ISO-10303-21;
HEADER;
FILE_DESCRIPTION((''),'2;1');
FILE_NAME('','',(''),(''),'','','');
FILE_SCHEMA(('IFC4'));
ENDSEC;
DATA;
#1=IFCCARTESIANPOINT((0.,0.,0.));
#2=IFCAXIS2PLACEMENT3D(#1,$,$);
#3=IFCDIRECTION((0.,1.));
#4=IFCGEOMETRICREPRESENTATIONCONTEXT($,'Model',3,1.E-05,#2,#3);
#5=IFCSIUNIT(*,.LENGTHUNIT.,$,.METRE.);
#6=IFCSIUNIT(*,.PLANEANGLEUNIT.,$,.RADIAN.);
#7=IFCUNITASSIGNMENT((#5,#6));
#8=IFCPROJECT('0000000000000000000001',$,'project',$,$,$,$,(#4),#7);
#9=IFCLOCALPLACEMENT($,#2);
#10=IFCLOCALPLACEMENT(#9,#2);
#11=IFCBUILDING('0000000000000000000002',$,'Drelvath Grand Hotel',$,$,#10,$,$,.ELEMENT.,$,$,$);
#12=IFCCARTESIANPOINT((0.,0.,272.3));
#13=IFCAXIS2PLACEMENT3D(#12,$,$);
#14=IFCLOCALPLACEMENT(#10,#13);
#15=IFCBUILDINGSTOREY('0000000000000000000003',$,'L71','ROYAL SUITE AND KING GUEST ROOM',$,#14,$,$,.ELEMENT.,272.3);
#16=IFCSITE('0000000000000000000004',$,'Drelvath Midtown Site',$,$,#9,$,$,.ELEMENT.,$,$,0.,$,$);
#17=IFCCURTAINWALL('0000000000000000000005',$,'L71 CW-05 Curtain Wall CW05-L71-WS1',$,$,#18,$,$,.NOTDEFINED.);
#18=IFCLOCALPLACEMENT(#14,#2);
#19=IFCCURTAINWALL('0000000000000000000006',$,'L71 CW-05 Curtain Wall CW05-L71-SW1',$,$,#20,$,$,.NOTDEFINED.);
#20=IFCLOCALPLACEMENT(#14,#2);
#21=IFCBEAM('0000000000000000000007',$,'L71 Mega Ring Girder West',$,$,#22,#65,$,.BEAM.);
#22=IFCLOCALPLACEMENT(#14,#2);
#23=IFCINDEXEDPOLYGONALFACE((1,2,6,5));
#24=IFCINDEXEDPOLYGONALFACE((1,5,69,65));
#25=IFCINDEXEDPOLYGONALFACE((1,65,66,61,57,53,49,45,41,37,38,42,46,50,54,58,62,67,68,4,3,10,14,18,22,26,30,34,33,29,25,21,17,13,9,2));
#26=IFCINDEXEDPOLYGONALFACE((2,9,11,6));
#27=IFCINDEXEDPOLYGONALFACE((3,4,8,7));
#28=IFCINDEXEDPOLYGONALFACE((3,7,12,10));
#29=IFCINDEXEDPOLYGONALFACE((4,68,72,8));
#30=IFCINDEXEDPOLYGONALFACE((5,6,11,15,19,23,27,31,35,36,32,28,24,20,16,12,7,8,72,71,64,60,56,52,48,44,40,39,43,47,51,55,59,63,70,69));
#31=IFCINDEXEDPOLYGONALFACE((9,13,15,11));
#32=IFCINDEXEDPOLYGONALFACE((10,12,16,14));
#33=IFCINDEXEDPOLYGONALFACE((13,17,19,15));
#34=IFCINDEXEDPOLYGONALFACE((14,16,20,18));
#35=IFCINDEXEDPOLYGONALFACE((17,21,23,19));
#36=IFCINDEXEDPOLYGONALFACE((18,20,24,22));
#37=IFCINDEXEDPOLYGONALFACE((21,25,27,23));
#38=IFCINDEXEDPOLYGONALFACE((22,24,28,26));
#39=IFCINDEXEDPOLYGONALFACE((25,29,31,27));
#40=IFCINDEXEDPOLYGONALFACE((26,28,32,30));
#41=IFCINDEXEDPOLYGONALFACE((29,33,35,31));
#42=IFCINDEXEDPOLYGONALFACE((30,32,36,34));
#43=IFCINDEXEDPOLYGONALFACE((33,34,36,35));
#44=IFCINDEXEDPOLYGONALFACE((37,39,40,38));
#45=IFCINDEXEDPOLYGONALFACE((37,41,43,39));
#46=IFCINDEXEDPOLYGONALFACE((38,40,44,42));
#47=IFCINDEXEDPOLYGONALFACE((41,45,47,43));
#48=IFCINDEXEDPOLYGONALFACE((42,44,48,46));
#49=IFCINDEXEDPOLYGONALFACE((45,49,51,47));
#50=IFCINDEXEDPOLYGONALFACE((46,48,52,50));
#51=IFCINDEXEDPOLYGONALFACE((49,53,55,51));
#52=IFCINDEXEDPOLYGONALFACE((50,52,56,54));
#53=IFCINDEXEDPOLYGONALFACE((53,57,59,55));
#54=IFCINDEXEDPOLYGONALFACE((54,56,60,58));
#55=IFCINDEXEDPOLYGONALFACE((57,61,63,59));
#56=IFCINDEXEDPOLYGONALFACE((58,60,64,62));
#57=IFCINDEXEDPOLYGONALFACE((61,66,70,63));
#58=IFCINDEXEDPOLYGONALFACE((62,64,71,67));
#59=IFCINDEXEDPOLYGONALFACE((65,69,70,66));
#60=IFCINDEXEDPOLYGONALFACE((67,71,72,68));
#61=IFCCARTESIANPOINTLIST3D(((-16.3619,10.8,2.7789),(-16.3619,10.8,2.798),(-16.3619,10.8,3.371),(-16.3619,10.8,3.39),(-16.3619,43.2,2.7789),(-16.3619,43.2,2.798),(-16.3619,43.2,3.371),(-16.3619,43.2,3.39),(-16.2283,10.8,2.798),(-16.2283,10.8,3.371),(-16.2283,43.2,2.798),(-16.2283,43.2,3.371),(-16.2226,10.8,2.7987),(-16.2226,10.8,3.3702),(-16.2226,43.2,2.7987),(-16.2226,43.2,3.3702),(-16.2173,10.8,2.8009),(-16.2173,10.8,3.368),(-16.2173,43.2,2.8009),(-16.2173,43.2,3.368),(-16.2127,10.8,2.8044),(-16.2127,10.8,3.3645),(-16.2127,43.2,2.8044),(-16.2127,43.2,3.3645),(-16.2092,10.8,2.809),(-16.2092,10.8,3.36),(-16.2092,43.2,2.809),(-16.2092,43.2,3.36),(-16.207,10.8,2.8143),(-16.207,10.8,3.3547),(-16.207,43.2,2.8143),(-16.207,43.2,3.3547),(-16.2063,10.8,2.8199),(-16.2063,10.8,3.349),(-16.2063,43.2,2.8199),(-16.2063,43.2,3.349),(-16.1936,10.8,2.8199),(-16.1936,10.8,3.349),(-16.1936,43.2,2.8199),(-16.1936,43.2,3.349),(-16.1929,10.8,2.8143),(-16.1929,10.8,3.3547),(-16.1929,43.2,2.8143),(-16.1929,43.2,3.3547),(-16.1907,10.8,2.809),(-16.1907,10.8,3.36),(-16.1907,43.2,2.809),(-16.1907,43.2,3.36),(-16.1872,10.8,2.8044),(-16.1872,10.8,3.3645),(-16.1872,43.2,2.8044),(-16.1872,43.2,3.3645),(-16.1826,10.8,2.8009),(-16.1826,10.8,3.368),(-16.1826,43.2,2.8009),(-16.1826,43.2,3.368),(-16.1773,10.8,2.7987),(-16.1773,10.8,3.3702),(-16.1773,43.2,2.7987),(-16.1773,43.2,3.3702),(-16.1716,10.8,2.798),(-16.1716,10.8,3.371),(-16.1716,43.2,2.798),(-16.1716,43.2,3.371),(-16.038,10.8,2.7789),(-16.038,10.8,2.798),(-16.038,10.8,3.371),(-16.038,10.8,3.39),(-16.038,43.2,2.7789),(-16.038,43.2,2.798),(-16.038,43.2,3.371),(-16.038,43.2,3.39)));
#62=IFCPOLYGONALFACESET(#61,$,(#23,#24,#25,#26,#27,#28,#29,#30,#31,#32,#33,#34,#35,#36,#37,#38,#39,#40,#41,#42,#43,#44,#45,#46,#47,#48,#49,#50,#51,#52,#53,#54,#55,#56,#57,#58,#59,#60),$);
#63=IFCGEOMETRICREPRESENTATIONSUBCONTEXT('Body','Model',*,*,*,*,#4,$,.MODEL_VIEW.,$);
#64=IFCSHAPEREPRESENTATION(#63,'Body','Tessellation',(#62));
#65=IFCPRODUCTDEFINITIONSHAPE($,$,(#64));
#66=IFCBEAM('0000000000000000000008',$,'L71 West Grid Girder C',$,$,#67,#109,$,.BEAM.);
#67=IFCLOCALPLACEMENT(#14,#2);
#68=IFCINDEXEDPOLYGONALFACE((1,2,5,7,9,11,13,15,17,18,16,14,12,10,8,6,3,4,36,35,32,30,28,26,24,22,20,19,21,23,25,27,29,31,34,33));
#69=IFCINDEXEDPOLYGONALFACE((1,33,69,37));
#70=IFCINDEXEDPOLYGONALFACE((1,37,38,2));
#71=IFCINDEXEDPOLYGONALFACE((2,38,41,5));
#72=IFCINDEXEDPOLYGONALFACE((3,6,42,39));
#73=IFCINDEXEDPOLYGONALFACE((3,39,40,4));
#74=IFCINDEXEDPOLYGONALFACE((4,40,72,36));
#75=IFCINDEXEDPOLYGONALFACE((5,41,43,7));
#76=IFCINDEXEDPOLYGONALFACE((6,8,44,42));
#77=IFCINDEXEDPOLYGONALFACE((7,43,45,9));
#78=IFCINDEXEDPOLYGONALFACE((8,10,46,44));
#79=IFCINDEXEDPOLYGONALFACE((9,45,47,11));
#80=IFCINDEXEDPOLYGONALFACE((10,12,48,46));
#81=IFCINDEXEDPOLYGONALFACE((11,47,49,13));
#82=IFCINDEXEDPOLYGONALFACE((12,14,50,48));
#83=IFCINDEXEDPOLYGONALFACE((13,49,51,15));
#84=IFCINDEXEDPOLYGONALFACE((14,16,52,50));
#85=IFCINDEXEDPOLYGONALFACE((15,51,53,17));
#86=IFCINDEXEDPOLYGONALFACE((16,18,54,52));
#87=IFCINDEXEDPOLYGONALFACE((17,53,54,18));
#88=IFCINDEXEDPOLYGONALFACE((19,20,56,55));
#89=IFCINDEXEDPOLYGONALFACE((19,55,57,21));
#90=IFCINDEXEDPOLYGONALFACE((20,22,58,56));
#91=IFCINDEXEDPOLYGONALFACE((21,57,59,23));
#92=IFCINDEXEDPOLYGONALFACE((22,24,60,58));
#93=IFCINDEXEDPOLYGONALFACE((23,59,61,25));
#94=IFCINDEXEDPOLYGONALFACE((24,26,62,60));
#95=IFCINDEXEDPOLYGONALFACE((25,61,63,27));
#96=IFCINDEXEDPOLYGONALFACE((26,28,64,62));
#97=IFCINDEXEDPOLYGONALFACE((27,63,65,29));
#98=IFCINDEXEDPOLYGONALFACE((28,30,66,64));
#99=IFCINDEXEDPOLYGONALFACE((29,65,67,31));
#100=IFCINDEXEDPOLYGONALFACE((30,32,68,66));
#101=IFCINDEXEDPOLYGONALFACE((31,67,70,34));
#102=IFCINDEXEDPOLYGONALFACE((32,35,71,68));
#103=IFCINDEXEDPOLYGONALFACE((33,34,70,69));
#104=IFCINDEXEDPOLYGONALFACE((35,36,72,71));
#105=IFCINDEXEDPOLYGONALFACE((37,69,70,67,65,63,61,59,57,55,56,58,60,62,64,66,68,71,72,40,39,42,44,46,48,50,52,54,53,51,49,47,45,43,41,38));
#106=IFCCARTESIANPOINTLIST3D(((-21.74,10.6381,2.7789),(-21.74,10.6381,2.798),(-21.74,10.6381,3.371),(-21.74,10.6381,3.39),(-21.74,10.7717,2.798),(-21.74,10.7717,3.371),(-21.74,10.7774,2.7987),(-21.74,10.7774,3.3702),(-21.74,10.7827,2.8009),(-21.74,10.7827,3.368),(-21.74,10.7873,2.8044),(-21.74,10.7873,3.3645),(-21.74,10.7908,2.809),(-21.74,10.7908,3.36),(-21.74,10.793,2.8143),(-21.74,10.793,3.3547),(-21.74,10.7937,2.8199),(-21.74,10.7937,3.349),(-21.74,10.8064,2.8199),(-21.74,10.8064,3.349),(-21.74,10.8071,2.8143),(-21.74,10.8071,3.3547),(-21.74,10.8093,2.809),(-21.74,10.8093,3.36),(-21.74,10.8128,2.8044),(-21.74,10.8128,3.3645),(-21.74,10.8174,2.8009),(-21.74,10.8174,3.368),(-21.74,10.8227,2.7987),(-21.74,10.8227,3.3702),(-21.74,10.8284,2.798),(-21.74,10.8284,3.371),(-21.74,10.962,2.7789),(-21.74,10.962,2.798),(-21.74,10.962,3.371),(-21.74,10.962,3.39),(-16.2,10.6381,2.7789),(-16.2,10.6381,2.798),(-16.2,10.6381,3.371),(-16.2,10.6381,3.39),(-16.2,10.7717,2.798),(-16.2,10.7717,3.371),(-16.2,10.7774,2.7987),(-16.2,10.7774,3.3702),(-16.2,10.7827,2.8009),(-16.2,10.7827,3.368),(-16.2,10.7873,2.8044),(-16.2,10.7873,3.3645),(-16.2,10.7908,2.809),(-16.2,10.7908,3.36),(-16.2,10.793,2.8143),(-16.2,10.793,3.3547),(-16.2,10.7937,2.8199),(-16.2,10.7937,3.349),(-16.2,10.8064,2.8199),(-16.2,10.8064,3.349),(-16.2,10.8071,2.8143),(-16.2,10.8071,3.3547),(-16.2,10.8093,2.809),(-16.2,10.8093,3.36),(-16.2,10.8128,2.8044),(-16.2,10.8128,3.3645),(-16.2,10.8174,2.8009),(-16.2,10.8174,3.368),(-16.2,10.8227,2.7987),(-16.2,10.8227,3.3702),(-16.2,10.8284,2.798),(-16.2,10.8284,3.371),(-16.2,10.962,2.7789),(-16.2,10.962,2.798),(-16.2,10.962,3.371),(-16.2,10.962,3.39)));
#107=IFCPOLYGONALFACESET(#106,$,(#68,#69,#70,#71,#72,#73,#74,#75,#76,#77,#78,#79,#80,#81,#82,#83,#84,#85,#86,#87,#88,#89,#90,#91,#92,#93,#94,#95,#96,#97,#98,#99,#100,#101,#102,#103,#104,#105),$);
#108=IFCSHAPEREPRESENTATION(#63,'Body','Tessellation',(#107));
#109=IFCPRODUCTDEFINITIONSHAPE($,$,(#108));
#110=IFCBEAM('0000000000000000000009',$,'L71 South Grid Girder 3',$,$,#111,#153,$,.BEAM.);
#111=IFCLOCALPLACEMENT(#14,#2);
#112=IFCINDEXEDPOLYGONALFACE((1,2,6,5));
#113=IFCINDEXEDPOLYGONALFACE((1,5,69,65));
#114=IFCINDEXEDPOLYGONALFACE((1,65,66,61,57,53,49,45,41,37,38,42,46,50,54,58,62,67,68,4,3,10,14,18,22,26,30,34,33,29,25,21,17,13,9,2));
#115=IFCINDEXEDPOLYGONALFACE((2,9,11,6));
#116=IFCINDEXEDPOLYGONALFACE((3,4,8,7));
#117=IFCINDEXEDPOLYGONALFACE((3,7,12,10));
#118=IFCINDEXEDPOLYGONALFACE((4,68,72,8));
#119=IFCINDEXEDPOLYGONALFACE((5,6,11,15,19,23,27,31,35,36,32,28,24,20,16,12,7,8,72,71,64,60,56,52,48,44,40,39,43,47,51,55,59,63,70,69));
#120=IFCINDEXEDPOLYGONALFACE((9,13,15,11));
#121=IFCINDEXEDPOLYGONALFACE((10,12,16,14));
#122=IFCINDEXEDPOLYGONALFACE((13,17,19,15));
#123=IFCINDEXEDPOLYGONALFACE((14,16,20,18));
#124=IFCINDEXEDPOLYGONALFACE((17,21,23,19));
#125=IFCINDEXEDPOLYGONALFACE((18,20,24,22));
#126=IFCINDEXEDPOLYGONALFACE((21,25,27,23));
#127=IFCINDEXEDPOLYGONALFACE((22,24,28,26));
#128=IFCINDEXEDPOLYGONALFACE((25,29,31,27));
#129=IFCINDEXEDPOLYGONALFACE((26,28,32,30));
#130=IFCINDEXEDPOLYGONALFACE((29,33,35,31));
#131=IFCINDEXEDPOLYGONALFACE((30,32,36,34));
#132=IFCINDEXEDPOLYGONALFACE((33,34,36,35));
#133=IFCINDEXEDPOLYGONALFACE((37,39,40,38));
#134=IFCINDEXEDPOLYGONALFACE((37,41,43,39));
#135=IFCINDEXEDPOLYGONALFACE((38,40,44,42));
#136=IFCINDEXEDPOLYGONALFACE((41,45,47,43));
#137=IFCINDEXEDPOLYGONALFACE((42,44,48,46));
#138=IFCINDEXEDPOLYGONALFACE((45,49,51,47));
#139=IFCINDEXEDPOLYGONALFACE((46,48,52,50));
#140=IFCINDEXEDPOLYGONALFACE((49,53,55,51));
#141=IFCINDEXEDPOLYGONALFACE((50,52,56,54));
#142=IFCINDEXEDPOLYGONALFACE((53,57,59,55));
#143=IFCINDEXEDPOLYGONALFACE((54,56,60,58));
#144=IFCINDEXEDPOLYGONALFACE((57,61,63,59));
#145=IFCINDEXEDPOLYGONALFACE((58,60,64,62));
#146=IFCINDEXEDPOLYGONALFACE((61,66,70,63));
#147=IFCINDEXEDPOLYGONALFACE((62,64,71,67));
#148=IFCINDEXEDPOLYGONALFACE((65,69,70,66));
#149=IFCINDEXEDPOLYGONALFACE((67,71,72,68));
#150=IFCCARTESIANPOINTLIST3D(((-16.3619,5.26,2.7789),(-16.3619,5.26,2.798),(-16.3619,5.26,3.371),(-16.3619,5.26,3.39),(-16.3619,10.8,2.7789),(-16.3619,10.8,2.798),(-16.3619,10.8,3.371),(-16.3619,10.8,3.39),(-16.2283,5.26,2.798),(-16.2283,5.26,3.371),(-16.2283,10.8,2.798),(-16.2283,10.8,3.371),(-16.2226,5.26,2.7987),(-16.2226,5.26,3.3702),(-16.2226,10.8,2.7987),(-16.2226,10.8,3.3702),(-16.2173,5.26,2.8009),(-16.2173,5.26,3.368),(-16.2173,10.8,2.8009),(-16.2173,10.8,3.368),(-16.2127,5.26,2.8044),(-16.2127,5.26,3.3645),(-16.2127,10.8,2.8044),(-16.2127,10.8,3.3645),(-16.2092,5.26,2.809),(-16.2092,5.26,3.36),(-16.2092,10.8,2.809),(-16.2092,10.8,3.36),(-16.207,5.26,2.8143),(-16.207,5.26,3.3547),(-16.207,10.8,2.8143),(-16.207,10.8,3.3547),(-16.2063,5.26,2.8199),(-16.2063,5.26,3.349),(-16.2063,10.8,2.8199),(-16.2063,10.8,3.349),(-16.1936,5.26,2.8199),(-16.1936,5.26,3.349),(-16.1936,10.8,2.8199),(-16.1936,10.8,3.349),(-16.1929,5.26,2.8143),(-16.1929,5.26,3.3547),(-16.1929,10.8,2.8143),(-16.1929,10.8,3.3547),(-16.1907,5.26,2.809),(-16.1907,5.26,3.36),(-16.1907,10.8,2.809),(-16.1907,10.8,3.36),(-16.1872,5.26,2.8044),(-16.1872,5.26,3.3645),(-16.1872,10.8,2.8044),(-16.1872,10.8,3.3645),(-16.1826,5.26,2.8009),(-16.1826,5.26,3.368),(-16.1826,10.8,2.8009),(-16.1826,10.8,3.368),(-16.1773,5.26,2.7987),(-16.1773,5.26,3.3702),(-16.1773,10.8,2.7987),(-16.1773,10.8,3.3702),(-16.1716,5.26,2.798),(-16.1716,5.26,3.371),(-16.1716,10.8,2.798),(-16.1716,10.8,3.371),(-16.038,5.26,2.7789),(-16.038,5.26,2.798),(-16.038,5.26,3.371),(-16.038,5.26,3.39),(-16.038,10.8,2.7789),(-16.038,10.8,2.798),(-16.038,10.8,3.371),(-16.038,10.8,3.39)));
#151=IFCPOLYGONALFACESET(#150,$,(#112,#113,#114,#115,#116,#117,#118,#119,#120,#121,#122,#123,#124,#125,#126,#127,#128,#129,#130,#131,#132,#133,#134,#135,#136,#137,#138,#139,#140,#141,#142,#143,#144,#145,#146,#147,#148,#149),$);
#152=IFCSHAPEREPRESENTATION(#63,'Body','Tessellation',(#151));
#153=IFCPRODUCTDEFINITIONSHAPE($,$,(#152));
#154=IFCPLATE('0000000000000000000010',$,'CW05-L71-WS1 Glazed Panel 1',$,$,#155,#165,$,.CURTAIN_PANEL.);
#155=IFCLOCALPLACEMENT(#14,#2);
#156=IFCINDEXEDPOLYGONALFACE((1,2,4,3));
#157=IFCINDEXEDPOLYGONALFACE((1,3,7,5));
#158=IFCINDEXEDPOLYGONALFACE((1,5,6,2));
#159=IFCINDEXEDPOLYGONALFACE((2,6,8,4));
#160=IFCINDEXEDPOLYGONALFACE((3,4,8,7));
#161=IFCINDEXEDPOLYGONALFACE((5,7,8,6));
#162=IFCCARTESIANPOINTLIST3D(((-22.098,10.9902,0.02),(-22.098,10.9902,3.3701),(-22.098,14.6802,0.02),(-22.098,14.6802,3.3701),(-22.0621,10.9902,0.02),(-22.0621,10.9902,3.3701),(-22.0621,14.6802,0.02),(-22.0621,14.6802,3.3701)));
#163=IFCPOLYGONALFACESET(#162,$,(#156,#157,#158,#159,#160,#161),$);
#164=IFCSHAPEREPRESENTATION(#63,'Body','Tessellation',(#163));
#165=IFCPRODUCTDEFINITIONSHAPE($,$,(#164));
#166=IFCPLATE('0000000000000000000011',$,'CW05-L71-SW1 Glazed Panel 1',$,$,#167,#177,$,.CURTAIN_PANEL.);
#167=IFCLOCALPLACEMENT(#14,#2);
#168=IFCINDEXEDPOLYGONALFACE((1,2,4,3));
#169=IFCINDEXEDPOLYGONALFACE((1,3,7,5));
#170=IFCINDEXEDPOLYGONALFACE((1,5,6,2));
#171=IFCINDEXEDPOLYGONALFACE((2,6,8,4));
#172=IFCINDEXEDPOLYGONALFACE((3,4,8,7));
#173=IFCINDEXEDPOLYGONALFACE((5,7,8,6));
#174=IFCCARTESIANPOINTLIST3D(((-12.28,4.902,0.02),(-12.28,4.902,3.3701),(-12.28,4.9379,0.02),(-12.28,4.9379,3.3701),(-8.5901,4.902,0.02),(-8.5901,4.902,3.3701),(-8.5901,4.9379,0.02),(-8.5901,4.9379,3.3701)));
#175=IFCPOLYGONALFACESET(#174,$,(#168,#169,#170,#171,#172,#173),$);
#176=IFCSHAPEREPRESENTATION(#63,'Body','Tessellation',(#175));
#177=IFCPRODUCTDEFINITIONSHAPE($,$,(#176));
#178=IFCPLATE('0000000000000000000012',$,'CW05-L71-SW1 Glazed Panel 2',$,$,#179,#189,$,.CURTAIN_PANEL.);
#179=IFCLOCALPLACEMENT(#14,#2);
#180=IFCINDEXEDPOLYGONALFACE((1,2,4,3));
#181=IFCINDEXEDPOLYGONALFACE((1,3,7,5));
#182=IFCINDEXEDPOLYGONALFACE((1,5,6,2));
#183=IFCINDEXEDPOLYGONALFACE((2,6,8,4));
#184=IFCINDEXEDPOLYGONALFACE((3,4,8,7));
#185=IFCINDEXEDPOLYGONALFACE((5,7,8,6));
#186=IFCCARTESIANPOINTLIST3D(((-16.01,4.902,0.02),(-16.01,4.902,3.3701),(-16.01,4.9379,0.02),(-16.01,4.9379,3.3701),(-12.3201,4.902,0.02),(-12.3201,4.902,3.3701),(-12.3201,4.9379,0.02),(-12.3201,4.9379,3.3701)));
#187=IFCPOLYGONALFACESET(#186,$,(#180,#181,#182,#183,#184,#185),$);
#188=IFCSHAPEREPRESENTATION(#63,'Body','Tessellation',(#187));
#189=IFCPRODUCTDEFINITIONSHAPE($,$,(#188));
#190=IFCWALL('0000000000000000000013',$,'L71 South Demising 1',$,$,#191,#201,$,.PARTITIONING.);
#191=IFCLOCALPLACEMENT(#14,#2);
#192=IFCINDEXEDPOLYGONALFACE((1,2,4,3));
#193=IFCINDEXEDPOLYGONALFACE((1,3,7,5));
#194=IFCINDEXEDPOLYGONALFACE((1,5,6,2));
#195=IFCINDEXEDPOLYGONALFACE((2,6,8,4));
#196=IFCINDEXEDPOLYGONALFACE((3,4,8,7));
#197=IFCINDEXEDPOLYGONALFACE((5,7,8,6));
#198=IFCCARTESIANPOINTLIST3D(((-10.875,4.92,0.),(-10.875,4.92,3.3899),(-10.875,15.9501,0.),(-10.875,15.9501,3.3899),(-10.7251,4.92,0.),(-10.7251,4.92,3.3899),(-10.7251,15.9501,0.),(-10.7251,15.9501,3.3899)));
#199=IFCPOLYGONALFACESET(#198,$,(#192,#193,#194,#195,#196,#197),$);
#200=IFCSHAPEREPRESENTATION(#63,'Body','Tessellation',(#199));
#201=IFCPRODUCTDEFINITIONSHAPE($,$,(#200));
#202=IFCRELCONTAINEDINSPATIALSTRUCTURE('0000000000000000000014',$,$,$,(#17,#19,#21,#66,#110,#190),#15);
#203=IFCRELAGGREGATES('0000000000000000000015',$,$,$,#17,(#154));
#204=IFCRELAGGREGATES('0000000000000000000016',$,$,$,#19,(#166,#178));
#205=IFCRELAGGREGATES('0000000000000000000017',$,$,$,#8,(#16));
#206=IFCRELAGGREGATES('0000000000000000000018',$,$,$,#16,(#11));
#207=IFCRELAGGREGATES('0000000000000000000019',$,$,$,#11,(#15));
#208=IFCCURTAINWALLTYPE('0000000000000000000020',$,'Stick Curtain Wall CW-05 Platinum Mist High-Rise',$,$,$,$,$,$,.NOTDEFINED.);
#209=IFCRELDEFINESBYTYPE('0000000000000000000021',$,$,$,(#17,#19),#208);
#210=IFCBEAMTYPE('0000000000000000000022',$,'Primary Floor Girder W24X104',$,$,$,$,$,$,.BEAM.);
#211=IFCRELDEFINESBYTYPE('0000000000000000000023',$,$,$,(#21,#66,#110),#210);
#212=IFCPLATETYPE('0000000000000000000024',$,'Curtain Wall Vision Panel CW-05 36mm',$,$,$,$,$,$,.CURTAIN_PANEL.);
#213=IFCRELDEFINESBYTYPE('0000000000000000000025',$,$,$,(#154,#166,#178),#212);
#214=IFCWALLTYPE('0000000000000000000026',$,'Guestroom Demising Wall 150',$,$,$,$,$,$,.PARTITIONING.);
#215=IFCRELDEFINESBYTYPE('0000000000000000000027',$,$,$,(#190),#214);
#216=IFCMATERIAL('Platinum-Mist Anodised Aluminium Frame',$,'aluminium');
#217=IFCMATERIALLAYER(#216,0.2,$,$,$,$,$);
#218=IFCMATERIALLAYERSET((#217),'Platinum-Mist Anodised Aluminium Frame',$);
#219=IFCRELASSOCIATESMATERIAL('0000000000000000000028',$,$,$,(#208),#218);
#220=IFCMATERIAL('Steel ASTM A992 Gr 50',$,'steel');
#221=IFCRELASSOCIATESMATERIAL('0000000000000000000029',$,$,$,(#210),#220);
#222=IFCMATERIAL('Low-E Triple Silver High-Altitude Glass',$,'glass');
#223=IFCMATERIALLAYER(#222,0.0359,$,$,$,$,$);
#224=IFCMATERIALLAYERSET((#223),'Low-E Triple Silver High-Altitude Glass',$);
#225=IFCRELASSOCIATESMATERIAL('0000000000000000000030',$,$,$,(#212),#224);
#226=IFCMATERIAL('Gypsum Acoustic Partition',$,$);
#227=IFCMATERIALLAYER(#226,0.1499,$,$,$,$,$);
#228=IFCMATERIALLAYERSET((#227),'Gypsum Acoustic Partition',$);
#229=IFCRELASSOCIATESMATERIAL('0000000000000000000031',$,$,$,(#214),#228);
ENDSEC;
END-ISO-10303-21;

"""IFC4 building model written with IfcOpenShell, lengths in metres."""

from ifc_helpers import new_model, si_unit, direction, frame, frame_2d, origin, origin_2d, place, context, subcontext, project, spatial, rectangle, i_section, extrude, material, layer, layer_set, material_profile, profile_set, type_object, element, aggregate, save


model = new_model("IFC4")

# Units and contexts
model_context = context("Model", 3, precision=1e-05, world=origin(), true_north=direction((0.0, 1.0)))
body_context = subcontext(model_context, "Body", "Model", "MODEL_VIEW")
ifc_project = project(units=[si_unit("LENGTHUNIT", "METRE"), si_unit("PLANEANGLEUNIT", "RADIAN")], contexts=[model_context])

# Site, building, storey
site_placement = place(None, origin())
site = spatial("IfcSite", under=ifc_project, at=site_placement, Name="Drelvath Midtown Site", CompositionType="ELEMENT", RefElevation=0.0)
building_placement = place(site_placement, origin())
building = spatial("IfcBuilding", under=site, at=building_placement, Name="Drelvath Grand Hotel", CompositionType="ELEMENT")
storey_placement = place(building_placement, frame((0.0, 0.0, 272.3)))
storey = spatial("IfcBuildingStorey", under=building, at=storey_placement, Name="L71", Description="ROYAL SUITE AND KING GUEST ROOM", CompositionType="ELEMENT", Elevation=272.3)

# Shared definitions
ifc_material_1 = material(Name="Steel ASTM A992 Gr 50", Category="steel")

# Curtain walls
ifc_material_2 = material(Name="Platinum-Mist Anodised Aluminium Frame", Category="aluminium")
ifc_layer_1 = layer(ifc_material_2, 0.2)
ifc_layer_set_1 = layer_set([ifc_layer_1], Name="Platinum-Mist Anodised Aluminium Frame")
curtain_wall_type = type_object("IfcCurtainWallType", Name="Stick Curtain Wall CW-05 Platinum Mist High-Rise", PredefinedType="NOTDEFINED", material=ifc_layer_set_1)
curtain_wall_1_placement = place(storey_placement, origin())
curtain_wall_1 = element("IfcCurtainWall", 1, at=curtain_wall_1_placement, inside=storey, type_object=curtain_wall_type, Name="L71 CW-05 Curtain Wall CW05-L71-WS1", PredefinedType="NOTDEFINED")
curtain_wall_2_placement = place(storey_placement, origin())
curtain_wall_2 = element("IfcCurtainWall", 2, at=curtain_wall_2_placement, inside=storey, type_object=curtain_wall_type, Name="L71 CW-05 Curtain Wall CW05-L71-SW1", PredefinedType="NOTDEFINED")

# Beams
ifc_material_profile_1 = material_profile(ifc_material_1, i_section(OverallWidth=0.324, OverallDepth=0.6111, WebThickness=0.0127, FlangeThickness=0.019, FilletRadius=0.022, at=origin_2d()), Name="W24X104")
ifc_profile_set_1 = profile_set([ifc_material_profile_1], Name="Steel ASTM A992 Gr 50")
beam_type_1 = type_object("IfcBeamType", Name="Primary Floor Girder W24X104", PredefinedType="BEAM", material=ifc_profile_set_1)
for number, where, z_axis, x_axis, name in (
    (3, (-16.2, 10.8, 3.0845), (0.0, 1.0, 0.0), (-1.0, 0.0, 0.0), "L71 Mega Ring Girder West"),
):
    element("IfcBeam", number, at=place(storey_placement, frame(where, z_axis=z_axis, x_axis=x_axis)), inside=storey, type_object=beam_type_1, Name=name, PredefinedType="BEAM", context=body_context, shape_type="SweptSolid", body=[
        extrude(i_section(OverallWidth=0.324, OverallDepth=0.6111, WebThickness=0.0127, FlangeThickness=0.019, FilletRadius=0.022, at=origin_2d()), origin(), (0.0, 0.0, 1.0), 32.3999),
    ])
for number, where, z_axis, x_axis, name in (
    (4, (-21.74, 10.8, 3.0845), (1.0, 0.0, 0.0), (0.0, 1.0, 0.0), "L71 West Grid Girder C"),
    (5, (-16.2, 5.26, 3.0845), (0.0, 1.0, 0.0), (-1.0, 0.0, 0.0), "L71 South Grid Girder 3"),
):
    element("IfcBeam", number, at=place(storey_placement, frame(where, z_axis=z_axis, x_axis=x_axis)), inside=storey, type_object=beam_type_1, Name=name, PredefinedType="BEAM", context=body_context, shape_type="SweptSolid", body=[
        extrude(i_section(OverallWidth=0.324, OverallDepth=0.6111, WebThickness=0.0127, FlangeThickness=0.019, FilletRadius=0.022, at=origin_2d()), origin(), (0.0, 0.0, 1.0), 5.54),
    ])

# Plates
ifc_material_3 = material(Name="Low-E Triple Silver High-Altitude Glass", Category="glass")
ifc_layer_2 = layer(ifc_material_3, 0.0359)
ifc_layer_set_2 = layer_set([ifc_layer_2], Name="Low-E Triple Silver High-Altitude Glass")
plate_type = type_object("IfcPlateType", Name="Curtain Wall Vision Panel CW-05 36mm", PredefinedType="CURTAIN_PANEL", material=ifc_layer_set_2)
plate_1_placement = place(storey_placement, frame((-22.0801, 12.8352, 0.02), z_axis=(0.0, 0.0, 1.0), x_axis=(0.0, 1.0, 0.0)))
plate_1 = element("IfcPlate", 6, at=plate_1_placement, type_object=plate_type, Name="CW05-L71-WS1 Glazed Panel 1", PredefinedType="CURTAIN_PANEL", context=body_context, shape_type="SweptSolid", body=[
    extrude(rectangle(XDim=3.6899, YDim=0.0359, at=origin_2d()), origin(), (0.0, 0.0, 1.0), 3.3501),
])
aggregate(curtain_wall_1, [plate_1])
plate_2_placement = place(storey_placement, frame((-10.4351, 4.9199, 0.02), z_axis=(0.0, 0.0, 1.0), x_axis=(-1.0, 0.0, 0.0)))
plate_2 = element("IfcPlate", 7, at=plate_2_placement, type_object=plate_type, Name="CW05-L71-SW1 Glazed Panel 1", PredefinedType="CURTAIN_PANEL", context=body_context, shape_type="SweptSolid", body=[
    extrude(rectangle(XDim=3.6899, YDim=0.0359, at=origin_2d()), origin(), (0.0, 0.0, 1.0), 3.3501),
])
plate_3_placement = place(storey_placement, frame((-14.165, 4.9199, 0.02), z_axis=(0.0, 0.0, 1.0), x_axis=(-1.0, 0.0, 0.0)))
plate_3 = element("IfcPlate", 8, at=plate_3_placement, type_object=plate_type, Name="CW05-L71-SW1 Glazed Panel 2", PredefinedType="CURTAIN_PANEL", context=body_context, shape_type="SweptSolid", body=[
    extrude(rectangle(XDim=3.6899, YDim=0.0359, at=origin_2d()), origin(), (0.0, 0.0, 1.0), 3.3501),
])
aggregate(curtain_wall_2, [plate_2, plate_3])

# Wall
ifc_material_4 = material(Name="Gypsum Acoustic Partition")
ifc_layer_3 = layer(ifc_material_4, 0.1499)
ifc_layer_set_3 = layer_set([ifc_layer_3], Name="Gypsum Acoustic Partition")
wall_type_1 = type_object("IfcWallType", Name="Guestroom Demising Wall 150", PredefinedType="PARTITIONING", material=ifc_layer_set_3)
wall_1_placement = place(storey_placement, frame((-10.8, 4.9199, 0.0), z_axis=(0.0, 0.0, 1.0), x_axis=(0.0, 1.0, 0.0)))
element("IfcWall", 9, at=wall_1_placement, inside=storey, type_object=wall_type_1, Name="L71 South Demising 1", PredefinedType="PARTITIONING", context=body_context, shape_type="SweptSolid", body=[
    extrude(rectangle(XDim=11.03, YDim=0.1499, at=frame_2d((5.5151, 0.0))), origin(), (0.0, 0.0, 1.0), 3.3899),
])

save(model, "model.ifc")
